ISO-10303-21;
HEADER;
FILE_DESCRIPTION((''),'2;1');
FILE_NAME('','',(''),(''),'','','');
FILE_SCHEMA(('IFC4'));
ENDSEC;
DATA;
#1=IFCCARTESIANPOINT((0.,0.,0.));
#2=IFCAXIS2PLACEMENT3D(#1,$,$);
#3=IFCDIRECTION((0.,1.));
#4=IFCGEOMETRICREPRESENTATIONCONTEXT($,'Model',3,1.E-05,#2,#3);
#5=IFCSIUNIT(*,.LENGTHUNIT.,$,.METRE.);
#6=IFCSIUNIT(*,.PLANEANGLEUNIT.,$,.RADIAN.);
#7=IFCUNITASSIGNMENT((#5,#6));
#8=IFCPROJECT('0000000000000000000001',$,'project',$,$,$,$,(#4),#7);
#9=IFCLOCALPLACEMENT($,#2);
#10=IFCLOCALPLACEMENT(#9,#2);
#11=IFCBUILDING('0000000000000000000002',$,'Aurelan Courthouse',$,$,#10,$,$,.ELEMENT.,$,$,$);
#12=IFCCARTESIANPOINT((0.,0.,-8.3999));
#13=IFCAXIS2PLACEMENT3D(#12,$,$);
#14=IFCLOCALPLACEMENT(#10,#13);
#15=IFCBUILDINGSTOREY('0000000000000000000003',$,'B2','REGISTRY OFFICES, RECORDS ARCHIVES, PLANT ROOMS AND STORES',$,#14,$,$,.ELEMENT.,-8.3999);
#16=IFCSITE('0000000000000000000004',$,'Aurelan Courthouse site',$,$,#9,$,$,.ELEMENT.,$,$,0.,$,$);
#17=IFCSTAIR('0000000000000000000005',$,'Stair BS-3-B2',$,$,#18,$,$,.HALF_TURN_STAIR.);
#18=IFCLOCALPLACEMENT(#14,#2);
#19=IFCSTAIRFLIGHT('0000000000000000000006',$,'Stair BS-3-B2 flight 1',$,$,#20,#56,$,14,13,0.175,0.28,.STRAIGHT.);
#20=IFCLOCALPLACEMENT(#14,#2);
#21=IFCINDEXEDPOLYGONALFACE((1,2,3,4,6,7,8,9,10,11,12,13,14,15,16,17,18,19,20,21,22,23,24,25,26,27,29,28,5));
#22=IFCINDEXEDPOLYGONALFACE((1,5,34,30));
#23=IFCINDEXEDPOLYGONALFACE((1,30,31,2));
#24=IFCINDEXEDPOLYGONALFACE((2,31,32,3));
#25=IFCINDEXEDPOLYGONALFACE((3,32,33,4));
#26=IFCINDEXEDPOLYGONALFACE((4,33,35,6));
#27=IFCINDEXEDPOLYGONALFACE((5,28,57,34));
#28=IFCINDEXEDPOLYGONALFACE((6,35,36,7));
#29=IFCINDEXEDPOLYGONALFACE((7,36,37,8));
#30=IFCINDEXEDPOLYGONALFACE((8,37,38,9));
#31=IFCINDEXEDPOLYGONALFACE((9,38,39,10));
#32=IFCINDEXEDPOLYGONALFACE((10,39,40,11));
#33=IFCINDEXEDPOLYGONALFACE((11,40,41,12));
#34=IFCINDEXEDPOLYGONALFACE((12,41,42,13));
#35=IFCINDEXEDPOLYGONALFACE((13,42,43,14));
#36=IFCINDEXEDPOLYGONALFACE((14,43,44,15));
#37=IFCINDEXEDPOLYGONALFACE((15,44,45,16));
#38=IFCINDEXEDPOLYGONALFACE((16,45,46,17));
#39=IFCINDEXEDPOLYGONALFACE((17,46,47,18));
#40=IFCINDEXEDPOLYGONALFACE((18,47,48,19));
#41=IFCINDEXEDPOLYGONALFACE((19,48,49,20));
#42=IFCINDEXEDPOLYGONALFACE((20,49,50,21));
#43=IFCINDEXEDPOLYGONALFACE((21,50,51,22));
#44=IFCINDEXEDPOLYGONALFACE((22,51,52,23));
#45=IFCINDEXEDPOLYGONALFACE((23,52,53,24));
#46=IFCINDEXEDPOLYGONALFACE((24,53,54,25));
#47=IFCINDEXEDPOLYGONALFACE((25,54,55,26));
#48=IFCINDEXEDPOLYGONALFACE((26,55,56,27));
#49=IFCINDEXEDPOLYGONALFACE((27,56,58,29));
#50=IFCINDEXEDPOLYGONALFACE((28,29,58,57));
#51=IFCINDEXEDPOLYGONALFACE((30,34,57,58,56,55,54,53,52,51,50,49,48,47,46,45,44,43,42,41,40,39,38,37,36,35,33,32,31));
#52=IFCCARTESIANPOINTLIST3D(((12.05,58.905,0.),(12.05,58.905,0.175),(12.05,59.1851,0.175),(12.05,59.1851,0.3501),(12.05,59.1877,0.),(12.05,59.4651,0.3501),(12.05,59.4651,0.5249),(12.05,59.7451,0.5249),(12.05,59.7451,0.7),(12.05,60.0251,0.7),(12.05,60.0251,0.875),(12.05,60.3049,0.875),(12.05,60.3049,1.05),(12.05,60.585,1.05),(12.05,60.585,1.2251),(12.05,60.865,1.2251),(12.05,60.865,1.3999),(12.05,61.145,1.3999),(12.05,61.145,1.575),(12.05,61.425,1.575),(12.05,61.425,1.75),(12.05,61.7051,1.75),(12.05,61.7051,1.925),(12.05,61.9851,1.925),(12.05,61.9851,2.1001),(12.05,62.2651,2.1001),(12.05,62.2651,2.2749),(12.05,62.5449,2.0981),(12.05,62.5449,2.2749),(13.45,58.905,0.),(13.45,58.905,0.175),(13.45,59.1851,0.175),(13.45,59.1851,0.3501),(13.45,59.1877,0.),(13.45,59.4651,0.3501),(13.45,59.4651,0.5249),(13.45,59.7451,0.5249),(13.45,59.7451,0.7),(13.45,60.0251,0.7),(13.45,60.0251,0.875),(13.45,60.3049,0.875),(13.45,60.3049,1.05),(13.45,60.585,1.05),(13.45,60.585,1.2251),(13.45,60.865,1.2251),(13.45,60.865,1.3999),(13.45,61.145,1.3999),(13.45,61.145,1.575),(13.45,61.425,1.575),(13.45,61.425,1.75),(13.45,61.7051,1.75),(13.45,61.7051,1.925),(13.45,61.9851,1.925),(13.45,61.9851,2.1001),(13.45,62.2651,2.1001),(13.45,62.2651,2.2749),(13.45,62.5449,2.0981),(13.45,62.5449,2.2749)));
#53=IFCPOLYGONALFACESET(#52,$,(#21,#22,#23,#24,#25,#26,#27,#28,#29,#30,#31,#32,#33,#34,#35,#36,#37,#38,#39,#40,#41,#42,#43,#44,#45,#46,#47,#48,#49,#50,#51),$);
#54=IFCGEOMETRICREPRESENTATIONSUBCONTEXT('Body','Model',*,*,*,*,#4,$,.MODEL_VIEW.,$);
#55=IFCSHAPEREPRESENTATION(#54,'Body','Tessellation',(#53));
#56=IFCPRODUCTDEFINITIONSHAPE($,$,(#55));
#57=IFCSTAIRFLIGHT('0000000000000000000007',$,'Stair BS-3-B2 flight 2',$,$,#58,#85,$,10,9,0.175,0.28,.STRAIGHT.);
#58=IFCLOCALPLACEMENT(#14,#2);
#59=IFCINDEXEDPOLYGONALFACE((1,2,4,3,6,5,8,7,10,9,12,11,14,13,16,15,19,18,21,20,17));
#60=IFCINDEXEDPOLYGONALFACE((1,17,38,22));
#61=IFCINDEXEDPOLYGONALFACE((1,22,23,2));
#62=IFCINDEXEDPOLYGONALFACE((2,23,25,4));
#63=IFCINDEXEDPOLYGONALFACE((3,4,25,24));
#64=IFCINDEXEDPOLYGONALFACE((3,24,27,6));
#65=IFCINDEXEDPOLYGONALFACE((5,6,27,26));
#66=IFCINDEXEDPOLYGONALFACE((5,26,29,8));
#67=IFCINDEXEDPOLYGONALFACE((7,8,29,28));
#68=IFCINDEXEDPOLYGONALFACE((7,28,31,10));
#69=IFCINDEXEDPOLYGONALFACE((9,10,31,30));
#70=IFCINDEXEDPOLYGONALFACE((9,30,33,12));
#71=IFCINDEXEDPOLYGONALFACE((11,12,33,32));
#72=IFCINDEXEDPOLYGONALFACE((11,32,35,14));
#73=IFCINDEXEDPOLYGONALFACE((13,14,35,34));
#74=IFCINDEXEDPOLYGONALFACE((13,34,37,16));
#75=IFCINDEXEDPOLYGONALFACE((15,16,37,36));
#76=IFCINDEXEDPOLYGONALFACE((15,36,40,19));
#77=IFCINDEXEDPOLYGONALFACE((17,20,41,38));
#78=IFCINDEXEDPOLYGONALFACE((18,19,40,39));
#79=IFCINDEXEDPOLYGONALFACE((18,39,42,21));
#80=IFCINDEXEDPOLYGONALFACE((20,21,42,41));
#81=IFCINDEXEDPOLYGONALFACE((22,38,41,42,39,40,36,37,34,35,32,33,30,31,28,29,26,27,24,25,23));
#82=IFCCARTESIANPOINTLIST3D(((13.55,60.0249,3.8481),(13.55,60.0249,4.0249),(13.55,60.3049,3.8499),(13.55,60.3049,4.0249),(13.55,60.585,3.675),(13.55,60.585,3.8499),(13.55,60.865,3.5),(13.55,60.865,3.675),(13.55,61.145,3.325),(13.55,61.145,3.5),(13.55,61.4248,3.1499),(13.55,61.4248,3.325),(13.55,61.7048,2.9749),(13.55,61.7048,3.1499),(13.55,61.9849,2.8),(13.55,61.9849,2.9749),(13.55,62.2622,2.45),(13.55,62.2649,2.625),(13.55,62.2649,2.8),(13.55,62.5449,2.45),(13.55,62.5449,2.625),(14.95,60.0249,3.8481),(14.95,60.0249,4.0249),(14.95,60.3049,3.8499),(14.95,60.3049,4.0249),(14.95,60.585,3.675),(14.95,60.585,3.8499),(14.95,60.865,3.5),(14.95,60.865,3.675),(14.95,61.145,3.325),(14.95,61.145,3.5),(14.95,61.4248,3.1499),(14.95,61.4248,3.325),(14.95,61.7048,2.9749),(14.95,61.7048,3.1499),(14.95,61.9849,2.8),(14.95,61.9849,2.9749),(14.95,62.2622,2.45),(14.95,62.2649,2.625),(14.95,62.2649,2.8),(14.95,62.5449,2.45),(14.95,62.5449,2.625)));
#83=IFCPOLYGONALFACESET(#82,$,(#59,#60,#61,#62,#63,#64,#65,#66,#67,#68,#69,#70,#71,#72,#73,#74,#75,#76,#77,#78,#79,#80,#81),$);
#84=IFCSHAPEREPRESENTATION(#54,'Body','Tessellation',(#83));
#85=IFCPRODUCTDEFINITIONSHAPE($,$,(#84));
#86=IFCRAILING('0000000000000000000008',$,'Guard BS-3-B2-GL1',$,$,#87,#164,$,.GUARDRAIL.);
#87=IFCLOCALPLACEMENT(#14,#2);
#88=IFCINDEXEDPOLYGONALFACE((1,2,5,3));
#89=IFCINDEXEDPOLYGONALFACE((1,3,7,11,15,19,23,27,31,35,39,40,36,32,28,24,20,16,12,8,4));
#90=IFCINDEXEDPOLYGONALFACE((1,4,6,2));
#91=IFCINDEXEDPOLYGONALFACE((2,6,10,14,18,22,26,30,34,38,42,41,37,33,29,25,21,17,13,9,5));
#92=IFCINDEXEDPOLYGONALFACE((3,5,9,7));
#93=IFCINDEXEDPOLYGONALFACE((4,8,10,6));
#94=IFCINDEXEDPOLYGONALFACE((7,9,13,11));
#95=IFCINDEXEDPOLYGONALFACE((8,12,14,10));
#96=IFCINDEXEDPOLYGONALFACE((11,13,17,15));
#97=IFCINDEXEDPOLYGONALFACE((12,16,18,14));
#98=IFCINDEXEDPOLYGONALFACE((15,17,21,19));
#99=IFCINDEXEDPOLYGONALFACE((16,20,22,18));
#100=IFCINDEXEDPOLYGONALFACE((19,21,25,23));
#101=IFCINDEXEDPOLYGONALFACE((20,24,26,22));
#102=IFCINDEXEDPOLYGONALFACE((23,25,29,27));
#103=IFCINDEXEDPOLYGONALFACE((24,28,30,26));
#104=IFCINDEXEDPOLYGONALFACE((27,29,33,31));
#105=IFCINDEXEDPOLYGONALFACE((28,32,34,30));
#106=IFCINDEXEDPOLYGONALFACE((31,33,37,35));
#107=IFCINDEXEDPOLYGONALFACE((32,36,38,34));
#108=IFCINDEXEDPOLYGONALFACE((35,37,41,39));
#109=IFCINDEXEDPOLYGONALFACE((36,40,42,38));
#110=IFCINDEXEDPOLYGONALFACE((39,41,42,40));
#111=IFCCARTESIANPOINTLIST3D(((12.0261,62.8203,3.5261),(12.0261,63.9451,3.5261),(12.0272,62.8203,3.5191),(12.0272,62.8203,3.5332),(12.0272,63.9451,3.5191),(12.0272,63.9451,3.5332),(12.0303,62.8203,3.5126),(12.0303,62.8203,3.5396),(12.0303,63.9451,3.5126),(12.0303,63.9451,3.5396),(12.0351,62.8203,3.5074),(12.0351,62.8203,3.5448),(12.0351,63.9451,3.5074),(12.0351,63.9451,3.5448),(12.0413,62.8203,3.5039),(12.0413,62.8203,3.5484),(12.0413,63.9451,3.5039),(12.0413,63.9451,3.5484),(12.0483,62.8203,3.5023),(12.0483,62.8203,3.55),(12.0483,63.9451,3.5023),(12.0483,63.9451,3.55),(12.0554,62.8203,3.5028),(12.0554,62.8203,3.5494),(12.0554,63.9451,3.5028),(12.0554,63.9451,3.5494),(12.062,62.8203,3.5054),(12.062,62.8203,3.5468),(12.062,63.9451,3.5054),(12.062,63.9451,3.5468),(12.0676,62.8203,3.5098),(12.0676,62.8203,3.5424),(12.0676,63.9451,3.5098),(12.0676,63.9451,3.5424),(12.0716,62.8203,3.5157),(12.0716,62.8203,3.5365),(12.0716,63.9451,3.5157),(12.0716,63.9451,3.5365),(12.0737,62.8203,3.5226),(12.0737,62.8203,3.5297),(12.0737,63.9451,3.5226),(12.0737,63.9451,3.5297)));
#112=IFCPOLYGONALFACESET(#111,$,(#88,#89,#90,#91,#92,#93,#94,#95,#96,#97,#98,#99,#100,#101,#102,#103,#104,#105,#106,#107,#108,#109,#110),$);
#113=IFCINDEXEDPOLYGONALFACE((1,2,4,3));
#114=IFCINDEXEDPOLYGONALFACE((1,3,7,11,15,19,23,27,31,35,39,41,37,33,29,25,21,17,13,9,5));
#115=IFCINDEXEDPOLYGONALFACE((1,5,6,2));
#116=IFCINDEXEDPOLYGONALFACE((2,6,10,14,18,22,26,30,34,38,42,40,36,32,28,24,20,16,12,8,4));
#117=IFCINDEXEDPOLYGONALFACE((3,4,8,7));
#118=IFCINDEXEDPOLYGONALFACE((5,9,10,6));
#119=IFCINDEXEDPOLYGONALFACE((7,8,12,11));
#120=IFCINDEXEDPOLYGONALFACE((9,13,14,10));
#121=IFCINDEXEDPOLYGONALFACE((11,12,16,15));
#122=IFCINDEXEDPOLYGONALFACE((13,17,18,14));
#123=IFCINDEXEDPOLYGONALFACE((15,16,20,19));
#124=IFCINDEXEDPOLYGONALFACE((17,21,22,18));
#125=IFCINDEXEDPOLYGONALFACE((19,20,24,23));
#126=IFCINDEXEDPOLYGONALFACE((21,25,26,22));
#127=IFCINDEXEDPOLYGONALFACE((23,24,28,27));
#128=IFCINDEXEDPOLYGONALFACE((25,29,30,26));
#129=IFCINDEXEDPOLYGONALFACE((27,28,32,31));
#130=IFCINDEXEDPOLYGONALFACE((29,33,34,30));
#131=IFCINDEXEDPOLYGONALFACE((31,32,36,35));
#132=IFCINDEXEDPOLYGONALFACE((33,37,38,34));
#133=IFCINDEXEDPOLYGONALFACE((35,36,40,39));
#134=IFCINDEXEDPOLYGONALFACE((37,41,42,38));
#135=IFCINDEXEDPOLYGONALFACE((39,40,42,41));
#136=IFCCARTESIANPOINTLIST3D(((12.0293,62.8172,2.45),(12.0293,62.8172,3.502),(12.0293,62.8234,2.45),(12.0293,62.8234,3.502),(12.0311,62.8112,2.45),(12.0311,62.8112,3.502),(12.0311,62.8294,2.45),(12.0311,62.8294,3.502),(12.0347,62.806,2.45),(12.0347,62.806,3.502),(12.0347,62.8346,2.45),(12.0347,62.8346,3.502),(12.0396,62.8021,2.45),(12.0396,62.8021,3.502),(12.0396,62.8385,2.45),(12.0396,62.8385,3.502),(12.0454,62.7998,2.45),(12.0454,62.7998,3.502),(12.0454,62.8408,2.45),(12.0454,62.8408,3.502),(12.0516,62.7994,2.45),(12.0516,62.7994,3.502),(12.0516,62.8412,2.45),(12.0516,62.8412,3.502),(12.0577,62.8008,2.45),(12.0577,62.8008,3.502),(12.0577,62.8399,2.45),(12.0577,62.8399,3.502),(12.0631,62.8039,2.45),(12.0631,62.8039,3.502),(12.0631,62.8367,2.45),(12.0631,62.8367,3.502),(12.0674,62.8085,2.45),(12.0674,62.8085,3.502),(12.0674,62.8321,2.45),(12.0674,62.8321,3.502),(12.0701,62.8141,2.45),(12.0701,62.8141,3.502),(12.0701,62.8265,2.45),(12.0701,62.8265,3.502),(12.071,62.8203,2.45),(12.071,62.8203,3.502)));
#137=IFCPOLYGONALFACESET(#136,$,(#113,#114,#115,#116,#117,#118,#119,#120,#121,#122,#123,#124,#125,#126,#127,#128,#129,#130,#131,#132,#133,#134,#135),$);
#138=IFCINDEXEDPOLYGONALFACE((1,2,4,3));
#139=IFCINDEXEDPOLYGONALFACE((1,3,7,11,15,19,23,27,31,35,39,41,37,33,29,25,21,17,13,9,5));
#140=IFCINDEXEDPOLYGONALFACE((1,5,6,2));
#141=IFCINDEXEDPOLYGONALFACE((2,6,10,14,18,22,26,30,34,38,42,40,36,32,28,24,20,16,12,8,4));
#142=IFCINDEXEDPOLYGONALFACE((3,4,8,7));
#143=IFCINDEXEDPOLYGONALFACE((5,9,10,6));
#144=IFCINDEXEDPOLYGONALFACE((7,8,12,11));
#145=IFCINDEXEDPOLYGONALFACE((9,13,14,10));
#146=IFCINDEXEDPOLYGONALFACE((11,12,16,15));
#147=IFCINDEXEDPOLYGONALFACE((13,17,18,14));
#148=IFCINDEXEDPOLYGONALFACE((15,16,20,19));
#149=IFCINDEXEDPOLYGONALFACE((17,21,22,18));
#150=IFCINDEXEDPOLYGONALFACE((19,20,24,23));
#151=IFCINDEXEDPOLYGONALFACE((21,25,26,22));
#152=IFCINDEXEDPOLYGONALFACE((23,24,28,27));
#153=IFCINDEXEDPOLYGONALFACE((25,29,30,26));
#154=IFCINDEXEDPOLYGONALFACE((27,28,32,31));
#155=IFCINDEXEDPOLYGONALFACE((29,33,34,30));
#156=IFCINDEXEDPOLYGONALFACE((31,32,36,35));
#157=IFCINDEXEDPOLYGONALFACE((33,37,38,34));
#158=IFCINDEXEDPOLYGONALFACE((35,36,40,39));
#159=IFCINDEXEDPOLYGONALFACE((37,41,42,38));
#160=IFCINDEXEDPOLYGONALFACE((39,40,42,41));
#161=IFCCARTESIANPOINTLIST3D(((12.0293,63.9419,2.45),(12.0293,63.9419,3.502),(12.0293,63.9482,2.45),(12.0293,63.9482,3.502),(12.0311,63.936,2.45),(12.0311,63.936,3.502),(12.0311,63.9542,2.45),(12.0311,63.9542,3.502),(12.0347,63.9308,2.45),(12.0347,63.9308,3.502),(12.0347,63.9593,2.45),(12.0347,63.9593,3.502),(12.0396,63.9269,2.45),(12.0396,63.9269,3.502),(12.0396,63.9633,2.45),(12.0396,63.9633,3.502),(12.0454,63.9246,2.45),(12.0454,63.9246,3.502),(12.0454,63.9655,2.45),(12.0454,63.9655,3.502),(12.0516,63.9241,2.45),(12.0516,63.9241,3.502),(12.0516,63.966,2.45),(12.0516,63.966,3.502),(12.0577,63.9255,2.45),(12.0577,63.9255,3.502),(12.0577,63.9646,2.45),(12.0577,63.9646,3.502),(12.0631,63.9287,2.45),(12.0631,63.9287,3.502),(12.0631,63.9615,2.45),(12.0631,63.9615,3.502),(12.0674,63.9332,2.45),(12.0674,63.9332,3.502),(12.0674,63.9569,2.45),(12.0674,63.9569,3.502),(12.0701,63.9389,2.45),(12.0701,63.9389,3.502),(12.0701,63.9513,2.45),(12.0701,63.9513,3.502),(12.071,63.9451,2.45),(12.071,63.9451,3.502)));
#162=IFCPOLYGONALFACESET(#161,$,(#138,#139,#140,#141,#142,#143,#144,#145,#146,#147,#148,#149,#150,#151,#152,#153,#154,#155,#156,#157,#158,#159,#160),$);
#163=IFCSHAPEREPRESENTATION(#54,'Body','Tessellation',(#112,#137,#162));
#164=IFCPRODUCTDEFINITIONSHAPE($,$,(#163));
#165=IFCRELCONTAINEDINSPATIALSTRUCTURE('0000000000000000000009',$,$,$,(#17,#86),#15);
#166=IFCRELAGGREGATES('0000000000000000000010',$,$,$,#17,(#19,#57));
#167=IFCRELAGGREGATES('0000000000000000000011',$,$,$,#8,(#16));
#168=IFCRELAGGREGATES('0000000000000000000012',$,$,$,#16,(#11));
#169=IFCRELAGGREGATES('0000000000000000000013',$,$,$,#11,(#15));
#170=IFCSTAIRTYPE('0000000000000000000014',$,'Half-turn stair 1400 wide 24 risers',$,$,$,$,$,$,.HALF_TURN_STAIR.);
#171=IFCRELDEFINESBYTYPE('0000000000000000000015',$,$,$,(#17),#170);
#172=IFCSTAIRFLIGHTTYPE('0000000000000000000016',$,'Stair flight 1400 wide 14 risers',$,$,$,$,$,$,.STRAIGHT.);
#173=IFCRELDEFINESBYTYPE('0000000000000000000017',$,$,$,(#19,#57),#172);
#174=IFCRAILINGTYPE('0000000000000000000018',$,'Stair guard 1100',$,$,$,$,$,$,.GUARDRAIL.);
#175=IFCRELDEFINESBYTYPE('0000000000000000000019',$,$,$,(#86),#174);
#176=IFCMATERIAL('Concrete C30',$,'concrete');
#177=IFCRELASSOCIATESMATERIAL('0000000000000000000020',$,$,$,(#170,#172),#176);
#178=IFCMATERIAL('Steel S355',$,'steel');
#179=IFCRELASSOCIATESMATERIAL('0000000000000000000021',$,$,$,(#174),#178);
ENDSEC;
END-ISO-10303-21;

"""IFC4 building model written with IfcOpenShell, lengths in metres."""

from ifc_helpers import new_model, si_unit, direction, frame, origin, origin_2d, place, context, subcontext, project, spatial, polyline, circle, outline, extrude, material, type_object, element, aggregate, save


model = new_model("IFC4")

# Units and contexts
model_context = context("Model", 3, precision=1e-05, world=origin(), true_north=direction((0.0, 1.0)))
body_context = subcontext(model_context, "Body", "Model", "MODEL_VIEW")
ifc_project = project(units=[si_unit("LENGTHUNIT", "METRE"), si_unit("PLANEANGLEUNIT", "RADIAN")], contexts=[model_context])

# Site, building, storey
site_placement = place(None, origin())
site = spatial("IfcSite", under=ifc_project, at=site_placement, Name="Aurelan Courthouse site", CompositionType="ELEMENT", RefElevation=0.0)
building_placement = place(site_placement, origin())
building = spatial("IfcBuilding", under=site, at=building_placement, Name="Aurelan Courthouse", CompositionType="ELEMENT")
storey_placement = place(building_placement, frame((0.0, 0.0, -8.3999)))
storey = spatial("IfcBuildingStorey", under=building, at=storey_placement, Name="B2", Description="REGISTRY OFFICES, RECORDS ARCHIVES, PLANT ROOMS AND STORES", CompositionType="ELEMENT", Elevation=-8.3999)

# Shared definitions
ifc_material_1 = material(Name="Concrete C30", Category="concrete")

# Stair, stair flights
stair_type = type_object("IfcStairType", Name="Half-turn stair 1400 wide 24 risers", PredefinedType="HALF_TURN_STAIR", material=ifc_material_1)
stair_placement = place(storey_placement, origin())
stair = element("IfcStair", 1, at=stair_placement, inside=storey, type_object=stair_type, Name="Stair BS-3-B2", PredefinedType="HALF_TURN_STAIR")
stair_flight_type = type_object("IfcStairFlightType", Name="Stair flight 1400 wide 14 risers", PredefinedType="STRAIGHT", material=ifc_material_1)
stair_flight_1_placement = place(storey_placement, frame((12.75, 58.905, 0.0), z_axis=(0.0, 0.0, 1.0), x_axis=(0.0, 1.0, 0.0)))
stair_flight_1 = element("IfcStairFlight", 2, at=stair_flight_1_placement, type_object=stair_flight_type, Name="Stair BS-3-B2 flight 1", NumberOfRisers=14, NumberOfTreads=13, PredefinedType="STRAIGHT", RiserHeight=0.175, TreadLength=0.28, context=body_context, shape_type="SweptSolid", body=[
    extrude(outline(polyline([(0.0, 0.0), (0.0, 0.175), (0.28, 0.175), (0.28, 0.3501), (0.5601, 0.3501), (0.5601, 0.5249), (0.8401, 0.5249), (0.8401, 0.7), (1.1201, 0.7), (1.1201, 0.875), (1.3999, 0.875), (1.3999, 1.05), (1.6799, 1.05), (1.6799, 1.2251), (1.96, 1.2251), (1.96, 1.3999), (2.24, 1.3999), (2.24, 1.575), (2.52, 1.575), (2.52, 1.75), (2.8, 1.75), (2.8, 1.925), (3.0801, 1.925), (3.0801, 2.1001), (3.3601, 2.1001), (3.3601, 2.2749), (3.6399, 2.2749), (3.6399, 2.45), (3.6399, 2.0981), (0.2827, 0.0), (0.0, 0.0)])), frame((0.0, 0.7, 0.0), z_axis=(0.0, -1.0, 0.0), x_axis=(1.0, 0.0, 0.0)), (0.0, 0.0, 1.0), 1.3999),
])
stair_flight_2_placement = place(storey_placement, frame((14.25, 62.5449, 2.45), z_axis=(0.0, 0.0, 1.0), x_axis=(0.0, -1.0, 0.0)))
stair_flight_2 = element("IfcStairFlight", 3, at=stair_flight_2_placement, type_object=stair_flight_type, Name="Stair BS-3-B2 flight 2", NumberOfRisers=10, NumberOfTreads=9, PredefinedType="STRAIGHT", RiserHeight=0.175, TreadLength=0.28, context=body_context, shape_type="SweptSolid", body=[
    extrude(outline(polyline([(0.0, 0.0), (0.0, 0.175), (0.28, 0.175), (0.28, 0.3501), (0.5601, 0.3501), (0.5601, 0.5249), (0.8401, 0.5249), (0.8401, 0.7), (1.1201, 0.7), (1.1201, 0.875), (1.3999, 0.875), (1.3999, 1.05), (1.6799, 1.05), (1.6799, 1.2251), (1.96, 1.2251), (1.96, 1.3999), (2.24, 1.3999), (2.24, 1.575), (2.52, 1.575), (2.52, 1.75), (2.52, 1.3982), (0.2827, 0.0), (0.0, 0.0)])), frame((0.0, 0.7, 0.0), z_axis=(0.0, -1.0, 0.0), x_axis=(1.0, 0.0, 0.0)), (0.0, 0.0, 1.0), 1.3999),
])
aggregate(stair, [stair_flight_1, stair_flight_2])

# Railing
ifc_material_2 = material(Name="Steel S355", Category="steel")
railing_type_1 = type_object("IfcRailingType", Name="Stair guard 1100", PredefinedType="GUARDRAIL", material=ifc_material_2)
railing_1_placement = place(storey_placement, frame((12.05, 62.8203, 2.45)))
element("IfcRailing", 4, at=railing_1_placement, inside=storey, type_object=railing_type_1, Name="Guard BS-3-B2-GL1", PredefinedType="GUARDRAIL", context=body_context, shape_type="SweptSolid", body=[
    extrude(circle(Radius=0.0239, at=origin_2d()), frame((0.0, 0.0, 1.0762), z_axis=(0.0, 1.0, 0.0), x_axis=(-1.0, 0.0, 0.0)), (0.0, 0.0, 1.0), 1.1248),
    extrude(circle(Radius=0.021, at=origin_2d()), origin(), (0.0, 0.0, 1.0), 1.052),
    extrude(circle(Radius=0.021, at=origin_2d()), frame((0.0, 1.1248, 0.0)), (0.0, 0.0, 1.0), 1.052),
])

save(model, "model.ifc")
